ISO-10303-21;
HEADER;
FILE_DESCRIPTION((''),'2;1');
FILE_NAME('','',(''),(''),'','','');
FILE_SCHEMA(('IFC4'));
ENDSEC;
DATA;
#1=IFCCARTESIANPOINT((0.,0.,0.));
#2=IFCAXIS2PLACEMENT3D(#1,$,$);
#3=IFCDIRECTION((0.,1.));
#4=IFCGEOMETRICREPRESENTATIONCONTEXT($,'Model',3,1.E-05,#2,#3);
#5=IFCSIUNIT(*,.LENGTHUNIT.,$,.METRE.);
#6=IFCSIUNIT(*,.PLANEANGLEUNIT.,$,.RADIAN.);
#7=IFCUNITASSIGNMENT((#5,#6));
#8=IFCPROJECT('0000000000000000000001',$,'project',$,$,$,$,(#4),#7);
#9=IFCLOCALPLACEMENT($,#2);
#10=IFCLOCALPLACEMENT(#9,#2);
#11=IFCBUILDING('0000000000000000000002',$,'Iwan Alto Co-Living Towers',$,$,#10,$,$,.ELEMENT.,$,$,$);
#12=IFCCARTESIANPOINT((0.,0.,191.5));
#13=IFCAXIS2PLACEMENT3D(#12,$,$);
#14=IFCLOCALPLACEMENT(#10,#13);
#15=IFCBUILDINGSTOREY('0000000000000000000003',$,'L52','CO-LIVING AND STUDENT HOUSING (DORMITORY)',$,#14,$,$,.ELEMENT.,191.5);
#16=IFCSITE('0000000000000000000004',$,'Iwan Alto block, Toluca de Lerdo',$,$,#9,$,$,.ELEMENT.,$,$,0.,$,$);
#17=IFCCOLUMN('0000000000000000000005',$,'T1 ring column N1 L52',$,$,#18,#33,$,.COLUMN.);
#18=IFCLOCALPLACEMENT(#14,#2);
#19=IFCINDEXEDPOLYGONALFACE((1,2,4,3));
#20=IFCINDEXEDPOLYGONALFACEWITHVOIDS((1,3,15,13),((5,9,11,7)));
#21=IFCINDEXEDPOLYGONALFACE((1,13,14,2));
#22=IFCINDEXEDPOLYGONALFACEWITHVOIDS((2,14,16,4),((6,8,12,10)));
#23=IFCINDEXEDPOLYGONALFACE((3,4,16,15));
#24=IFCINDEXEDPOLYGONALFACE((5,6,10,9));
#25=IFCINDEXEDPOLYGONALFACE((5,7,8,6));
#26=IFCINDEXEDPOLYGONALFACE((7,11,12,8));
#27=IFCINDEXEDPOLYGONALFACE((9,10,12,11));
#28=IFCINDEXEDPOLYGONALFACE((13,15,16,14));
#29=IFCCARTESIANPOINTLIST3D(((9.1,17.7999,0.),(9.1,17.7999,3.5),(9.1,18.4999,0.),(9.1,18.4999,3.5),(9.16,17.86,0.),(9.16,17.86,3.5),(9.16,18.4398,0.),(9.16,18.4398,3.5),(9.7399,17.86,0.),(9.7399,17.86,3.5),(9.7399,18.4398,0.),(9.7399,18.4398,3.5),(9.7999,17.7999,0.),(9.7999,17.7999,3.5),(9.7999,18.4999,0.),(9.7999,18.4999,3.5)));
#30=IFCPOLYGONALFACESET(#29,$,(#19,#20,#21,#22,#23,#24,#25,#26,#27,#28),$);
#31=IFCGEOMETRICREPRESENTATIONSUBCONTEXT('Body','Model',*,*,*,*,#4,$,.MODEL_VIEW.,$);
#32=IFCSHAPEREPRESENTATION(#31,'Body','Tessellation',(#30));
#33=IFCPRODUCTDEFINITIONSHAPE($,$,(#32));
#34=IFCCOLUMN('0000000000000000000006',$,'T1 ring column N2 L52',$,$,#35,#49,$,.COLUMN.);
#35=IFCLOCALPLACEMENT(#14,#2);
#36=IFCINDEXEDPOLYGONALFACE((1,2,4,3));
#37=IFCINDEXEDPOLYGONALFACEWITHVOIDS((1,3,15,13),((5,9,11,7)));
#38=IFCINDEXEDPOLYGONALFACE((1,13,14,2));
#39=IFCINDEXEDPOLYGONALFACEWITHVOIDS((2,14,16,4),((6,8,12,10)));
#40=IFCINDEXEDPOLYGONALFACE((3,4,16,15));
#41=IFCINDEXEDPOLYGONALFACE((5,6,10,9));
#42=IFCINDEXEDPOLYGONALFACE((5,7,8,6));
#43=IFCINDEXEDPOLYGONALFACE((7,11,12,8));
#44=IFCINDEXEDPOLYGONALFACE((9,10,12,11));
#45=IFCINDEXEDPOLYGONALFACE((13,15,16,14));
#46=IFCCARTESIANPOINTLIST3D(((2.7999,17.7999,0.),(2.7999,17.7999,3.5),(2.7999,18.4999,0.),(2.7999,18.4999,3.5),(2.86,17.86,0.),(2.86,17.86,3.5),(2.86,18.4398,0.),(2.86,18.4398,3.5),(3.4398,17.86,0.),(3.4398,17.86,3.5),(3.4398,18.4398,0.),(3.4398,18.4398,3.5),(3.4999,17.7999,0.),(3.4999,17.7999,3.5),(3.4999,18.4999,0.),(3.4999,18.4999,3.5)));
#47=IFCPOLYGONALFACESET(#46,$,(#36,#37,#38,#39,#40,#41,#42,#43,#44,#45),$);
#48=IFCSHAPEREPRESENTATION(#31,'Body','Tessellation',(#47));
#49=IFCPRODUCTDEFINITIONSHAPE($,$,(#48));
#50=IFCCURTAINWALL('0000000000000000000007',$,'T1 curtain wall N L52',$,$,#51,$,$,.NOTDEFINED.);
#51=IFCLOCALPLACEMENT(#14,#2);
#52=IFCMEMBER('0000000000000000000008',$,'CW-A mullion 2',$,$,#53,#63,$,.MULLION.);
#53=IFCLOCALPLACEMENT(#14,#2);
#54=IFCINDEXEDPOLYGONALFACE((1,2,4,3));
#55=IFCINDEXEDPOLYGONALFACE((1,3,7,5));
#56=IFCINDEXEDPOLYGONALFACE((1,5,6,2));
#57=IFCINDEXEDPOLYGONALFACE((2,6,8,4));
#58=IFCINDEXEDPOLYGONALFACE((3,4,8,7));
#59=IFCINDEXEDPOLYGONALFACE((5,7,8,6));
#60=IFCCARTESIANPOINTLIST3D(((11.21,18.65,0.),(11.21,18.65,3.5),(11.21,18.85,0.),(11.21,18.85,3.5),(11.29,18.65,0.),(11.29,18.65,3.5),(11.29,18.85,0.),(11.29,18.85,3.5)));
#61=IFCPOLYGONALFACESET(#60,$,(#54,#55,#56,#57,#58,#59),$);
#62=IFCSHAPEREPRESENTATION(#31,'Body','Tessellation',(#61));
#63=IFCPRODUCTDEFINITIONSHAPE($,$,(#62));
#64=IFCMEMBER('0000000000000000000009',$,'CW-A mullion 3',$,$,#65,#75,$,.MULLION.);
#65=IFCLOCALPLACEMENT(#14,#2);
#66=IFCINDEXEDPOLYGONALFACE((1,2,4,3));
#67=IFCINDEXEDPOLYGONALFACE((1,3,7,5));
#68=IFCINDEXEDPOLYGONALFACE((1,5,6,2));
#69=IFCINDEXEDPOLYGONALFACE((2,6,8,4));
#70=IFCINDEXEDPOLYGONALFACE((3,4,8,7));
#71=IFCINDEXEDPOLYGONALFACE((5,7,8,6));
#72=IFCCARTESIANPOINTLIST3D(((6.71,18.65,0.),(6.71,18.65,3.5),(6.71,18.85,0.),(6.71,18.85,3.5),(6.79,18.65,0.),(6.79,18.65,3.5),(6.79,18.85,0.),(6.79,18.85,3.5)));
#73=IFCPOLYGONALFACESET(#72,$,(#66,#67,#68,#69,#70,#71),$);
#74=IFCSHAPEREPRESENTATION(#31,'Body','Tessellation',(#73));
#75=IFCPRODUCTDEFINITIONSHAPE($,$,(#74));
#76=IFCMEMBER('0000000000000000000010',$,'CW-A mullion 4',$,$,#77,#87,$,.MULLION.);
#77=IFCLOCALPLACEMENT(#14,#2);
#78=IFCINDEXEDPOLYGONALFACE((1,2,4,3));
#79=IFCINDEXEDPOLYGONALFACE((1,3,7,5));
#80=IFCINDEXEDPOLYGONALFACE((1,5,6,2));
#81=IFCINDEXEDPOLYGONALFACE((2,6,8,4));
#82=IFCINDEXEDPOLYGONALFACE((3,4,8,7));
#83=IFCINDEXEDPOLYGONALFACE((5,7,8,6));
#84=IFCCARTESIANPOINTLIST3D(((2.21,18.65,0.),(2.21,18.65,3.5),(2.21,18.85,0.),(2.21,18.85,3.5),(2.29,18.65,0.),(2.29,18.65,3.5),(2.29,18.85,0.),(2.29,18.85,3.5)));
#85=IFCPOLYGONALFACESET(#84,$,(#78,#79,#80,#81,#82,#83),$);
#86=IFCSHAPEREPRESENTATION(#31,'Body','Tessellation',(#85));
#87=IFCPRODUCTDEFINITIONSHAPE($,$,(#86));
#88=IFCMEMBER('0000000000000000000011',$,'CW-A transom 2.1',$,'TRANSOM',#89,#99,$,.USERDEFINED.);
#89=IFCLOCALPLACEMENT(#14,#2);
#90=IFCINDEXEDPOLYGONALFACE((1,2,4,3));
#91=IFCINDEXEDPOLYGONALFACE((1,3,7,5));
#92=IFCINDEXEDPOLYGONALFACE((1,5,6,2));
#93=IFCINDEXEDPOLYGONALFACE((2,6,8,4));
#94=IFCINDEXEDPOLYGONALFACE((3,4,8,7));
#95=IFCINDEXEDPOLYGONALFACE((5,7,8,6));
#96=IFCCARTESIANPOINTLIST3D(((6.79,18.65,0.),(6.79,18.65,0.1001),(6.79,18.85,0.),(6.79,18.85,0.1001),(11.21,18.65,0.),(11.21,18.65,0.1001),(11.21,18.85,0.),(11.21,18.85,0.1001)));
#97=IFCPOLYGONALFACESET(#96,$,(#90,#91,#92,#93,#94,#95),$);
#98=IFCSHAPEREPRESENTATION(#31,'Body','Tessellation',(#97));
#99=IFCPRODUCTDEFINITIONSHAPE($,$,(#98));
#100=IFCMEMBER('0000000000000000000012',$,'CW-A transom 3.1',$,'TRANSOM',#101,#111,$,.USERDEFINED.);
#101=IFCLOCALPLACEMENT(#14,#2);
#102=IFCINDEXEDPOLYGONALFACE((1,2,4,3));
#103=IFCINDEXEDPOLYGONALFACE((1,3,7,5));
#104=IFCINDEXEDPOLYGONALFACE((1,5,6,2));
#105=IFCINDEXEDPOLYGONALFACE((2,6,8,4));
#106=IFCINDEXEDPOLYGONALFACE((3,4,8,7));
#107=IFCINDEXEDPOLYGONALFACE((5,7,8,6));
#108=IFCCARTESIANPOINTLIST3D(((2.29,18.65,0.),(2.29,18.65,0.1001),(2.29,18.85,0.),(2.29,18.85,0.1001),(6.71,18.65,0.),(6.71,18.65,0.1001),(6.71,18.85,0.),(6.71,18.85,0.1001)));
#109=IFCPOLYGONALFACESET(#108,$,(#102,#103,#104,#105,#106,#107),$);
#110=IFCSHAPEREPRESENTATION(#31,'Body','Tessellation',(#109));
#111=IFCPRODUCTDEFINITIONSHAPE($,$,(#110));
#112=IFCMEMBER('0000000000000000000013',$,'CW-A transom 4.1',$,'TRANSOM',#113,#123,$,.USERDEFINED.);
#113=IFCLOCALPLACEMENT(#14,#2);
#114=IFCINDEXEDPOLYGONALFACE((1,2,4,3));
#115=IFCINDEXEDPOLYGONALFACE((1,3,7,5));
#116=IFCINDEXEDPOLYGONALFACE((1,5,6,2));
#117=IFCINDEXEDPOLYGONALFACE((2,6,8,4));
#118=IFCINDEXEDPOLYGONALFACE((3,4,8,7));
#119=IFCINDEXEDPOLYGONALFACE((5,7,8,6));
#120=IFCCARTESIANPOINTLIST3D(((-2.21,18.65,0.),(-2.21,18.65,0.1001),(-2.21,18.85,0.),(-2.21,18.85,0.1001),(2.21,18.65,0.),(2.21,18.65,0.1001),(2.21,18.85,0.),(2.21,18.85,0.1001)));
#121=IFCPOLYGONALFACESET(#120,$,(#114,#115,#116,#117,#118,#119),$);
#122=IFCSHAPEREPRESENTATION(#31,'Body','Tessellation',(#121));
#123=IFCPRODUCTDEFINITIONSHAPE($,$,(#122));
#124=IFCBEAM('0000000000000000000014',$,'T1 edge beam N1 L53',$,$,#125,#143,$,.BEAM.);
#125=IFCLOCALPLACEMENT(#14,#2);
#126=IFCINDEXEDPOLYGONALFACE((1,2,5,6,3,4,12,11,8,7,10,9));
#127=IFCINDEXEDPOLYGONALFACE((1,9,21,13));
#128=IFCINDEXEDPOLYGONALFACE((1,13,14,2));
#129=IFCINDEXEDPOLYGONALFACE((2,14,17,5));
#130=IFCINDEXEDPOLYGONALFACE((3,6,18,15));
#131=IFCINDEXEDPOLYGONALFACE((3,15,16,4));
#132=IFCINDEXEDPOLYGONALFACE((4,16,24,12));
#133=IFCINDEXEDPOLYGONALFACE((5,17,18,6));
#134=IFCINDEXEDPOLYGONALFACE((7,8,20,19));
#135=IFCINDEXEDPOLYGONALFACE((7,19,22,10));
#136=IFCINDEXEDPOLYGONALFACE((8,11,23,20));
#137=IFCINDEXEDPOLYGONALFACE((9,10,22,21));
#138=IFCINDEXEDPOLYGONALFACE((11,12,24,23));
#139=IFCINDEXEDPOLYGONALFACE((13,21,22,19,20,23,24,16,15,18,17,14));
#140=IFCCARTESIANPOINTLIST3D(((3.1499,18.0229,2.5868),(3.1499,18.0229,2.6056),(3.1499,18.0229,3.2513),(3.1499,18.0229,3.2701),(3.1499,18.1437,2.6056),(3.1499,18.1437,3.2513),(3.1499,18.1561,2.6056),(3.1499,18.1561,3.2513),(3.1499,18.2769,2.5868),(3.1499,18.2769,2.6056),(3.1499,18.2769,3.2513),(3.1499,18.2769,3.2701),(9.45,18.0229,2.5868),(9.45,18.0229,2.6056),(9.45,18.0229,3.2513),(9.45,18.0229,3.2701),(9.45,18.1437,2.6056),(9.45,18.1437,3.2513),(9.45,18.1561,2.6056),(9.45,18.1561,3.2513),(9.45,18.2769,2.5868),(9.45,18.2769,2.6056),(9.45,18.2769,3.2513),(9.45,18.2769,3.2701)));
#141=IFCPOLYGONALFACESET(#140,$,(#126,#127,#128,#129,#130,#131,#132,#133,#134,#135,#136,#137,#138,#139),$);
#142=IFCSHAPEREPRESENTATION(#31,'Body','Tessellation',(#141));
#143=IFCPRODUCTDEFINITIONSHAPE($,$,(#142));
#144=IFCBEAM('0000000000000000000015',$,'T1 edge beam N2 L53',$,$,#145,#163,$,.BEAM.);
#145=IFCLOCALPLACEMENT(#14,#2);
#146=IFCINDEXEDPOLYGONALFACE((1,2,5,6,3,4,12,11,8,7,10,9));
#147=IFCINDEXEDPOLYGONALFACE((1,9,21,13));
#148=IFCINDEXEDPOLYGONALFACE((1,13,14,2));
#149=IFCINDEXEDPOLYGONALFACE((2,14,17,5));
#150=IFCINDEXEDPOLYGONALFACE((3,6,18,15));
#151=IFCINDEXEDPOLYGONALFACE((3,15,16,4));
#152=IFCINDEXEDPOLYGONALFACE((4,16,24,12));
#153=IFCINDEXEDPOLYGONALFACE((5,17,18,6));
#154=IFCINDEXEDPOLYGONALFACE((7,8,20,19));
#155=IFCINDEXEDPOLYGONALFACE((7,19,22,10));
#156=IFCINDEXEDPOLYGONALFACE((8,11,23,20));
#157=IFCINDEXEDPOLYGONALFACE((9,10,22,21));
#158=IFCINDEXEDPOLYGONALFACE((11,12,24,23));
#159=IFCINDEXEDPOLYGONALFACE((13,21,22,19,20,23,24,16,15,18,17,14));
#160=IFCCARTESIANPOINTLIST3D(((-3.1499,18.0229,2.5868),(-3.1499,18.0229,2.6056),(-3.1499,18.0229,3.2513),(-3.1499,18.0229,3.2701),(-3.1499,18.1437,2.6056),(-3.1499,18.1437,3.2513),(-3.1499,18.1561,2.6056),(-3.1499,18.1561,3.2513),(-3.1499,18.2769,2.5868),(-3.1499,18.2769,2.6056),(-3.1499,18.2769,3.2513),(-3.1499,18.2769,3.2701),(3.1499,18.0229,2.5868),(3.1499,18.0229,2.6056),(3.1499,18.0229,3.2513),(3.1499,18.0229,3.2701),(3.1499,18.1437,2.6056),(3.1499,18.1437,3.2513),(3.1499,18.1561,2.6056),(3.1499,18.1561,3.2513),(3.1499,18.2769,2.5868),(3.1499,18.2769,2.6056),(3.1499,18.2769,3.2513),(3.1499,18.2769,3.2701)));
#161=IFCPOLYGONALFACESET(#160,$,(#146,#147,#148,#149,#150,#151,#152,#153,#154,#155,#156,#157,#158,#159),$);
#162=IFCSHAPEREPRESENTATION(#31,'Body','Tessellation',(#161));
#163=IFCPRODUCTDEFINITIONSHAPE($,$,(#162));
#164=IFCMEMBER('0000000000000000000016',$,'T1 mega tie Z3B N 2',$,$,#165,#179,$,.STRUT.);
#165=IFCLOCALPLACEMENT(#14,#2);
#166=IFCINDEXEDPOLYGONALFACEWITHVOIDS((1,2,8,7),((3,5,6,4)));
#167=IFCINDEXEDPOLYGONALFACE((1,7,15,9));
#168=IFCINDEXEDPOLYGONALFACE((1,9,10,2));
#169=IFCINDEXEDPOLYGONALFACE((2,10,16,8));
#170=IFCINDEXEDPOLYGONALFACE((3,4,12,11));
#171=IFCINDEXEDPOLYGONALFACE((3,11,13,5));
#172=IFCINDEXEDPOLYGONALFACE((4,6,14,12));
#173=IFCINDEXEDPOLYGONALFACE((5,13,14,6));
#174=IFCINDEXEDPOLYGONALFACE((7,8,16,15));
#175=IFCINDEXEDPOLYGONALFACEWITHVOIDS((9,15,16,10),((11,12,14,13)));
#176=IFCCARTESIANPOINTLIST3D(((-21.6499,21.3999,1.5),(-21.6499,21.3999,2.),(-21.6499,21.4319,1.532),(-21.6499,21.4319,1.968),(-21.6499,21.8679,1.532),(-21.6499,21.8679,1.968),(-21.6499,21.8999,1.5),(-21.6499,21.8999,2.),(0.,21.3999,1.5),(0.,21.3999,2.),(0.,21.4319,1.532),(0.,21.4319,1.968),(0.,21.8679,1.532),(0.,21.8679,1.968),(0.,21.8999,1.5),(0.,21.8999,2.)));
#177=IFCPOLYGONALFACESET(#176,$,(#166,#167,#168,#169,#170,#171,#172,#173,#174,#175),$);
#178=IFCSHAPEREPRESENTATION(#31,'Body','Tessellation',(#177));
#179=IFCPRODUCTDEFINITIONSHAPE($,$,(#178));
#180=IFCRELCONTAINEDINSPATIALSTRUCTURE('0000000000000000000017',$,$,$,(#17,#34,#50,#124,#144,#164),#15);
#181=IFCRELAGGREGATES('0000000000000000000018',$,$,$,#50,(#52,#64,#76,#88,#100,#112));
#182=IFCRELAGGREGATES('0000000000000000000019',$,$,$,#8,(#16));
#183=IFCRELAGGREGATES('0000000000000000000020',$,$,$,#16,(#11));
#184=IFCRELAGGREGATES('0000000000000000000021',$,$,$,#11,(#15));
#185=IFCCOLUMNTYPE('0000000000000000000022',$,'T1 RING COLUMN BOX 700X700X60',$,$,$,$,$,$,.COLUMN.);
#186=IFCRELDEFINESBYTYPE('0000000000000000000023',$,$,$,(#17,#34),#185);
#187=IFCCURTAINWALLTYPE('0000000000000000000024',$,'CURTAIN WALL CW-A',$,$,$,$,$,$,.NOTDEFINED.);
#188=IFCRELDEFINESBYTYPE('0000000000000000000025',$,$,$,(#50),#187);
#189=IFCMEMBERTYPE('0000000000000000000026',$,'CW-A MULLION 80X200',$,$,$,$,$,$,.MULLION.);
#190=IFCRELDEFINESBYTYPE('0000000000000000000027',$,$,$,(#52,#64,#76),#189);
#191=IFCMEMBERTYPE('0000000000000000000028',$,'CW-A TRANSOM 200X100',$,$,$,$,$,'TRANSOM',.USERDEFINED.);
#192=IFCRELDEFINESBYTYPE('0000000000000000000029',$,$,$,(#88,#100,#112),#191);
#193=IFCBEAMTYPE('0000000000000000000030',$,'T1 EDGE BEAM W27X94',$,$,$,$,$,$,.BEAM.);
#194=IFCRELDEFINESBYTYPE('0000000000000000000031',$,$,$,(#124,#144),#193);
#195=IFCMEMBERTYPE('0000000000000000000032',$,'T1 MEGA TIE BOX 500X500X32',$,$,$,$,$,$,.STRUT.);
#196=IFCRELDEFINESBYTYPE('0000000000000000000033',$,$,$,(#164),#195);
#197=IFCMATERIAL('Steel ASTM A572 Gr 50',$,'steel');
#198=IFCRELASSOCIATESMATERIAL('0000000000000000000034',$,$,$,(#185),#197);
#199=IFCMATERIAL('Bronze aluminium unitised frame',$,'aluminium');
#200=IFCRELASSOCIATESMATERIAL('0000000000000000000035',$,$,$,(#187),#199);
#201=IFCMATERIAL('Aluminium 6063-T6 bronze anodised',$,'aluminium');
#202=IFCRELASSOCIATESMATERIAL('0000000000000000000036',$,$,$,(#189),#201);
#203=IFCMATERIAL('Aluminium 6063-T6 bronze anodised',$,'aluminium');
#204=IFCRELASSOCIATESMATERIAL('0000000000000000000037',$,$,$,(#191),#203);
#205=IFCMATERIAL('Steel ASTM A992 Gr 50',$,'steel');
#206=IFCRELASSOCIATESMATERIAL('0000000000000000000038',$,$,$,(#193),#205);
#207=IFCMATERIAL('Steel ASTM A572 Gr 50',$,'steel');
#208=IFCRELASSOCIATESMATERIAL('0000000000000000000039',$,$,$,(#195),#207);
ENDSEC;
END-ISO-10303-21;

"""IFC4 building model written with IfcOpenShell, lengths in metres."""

from ifc_helpers import new_model, si_unit, direction, frame, origin, origin_2d, place, context, subcontext, project, spatial, rectangle, hollow_rectangle, i_section, extrude, material, material_profile, profile_set, type_object, element, aggregate, save


model = new_model("IFC4")

# Units and contexts
model_context = context("Model", 3, precision=1e-05, world=origin(), true_north=direction((0.0, 1.0)))
body_context = subcontext(model_context, "Body", "Model", "MODEL_VIEW")
ifc_project = project(units=[si_unit("LENGTHUNIT", "METRE"), si_unit("PLANEANGLEUNIT", "RADIAN")], contexts=[model_context])

# Site, building, storey
site_placement = place(None, origin())
site = spatial("IfcSite", under=ifc_project, at=site_placement, Name="Iwan Alto block, Toluca de Lerdo", CompositionType="ELEMENT", RefElevation=0.0)
building_placement = place(site_placement, origin())
building = spatial("IfcBuilding", under=site, at=building_placement, Name="Iwan Alto Co-Living Towers", CompositionType="ELEMENT")
storey_placement = place(building_placement, frame((0.0, 0.0, 191.5)))
storey = spatial("IfcBuildingStorey", under=building, at=storey_placement, Name="L52", Description="CO-LIVING AND STUDENT HOUSING (DORMITORY)", CompositionType="ELEMENT", Elevation=191.5)

# Columns
ifc_material_1 = material(Name="Steel ASTM A572 Gr 50", Category="steel")
ifc_material_profile_1 = material_profile(ifc_material_1, hollow_rectangle(XDim=0.7, YDim=0.7, WallThickness=0.0601, at=origin_2d()), Name="BOX 700X700X60")
ifc_profile_set_1 = profile_set([ifc_material_profile_1], Name="Steel ASTM A572 Gr 50")
column_type = type_object("IfcColumnType", Name="T1 RING COLUMN BOX 700X700X60", PredefinedType="COLUMN", material=ifc_profile_set_1)
for number, where, z_axis, x_axis, name in (
    (1, (9.45, 18.1499, 0.0), (0.0, 0.0, 1.0), (1.0, 0.0, 0.0), "T1 ring column N1 L52"),
    (2, (3.1499, 18.1499, 0.0), (0.0, 0.0, 1.0), (1.0, 0.0, 0.0), "T1 ring column N2 L52"),
):
    element("IfcColumn", number, at=place(storey_placement, frame(where, z_axis=z_axis, x_axis=x_axis)), inside=storey, type_object=column_type, Name=name, PredefinedType="COLUMN", context=body_context, shape_type="SweptSolid", body=[
        extrude(hollow_rectangle(XDim=0.7, YDim=0.7, WallThickness=0.0601, at=origin_2d()), origin(), (0.0, 0.0, 1.0), 3.5),
    ])

# Curtain wall, members
ifc_material_2 = material(Name="Bronze aluminium unitised frame", Category="aluminium")
curtain_wall_type = type_object("IfcCurtainWallType", Name="CURTAIN WALL CW-A", PredefinedType="NOTDEFINED", material=ifc_material_2)
curtain_wall_placement = place(storey_placement, origin())
curtain_wall = element("IfcCurtainWall", 3, at=curtain_wall_placement, inside=storey, type_object=curtain_wall_type, Name="T1 curtain wall N L52", PredefinedType="NOTDEFINED")
ifc_material_3 = material(Name="Aluminium 6063-T6 bronze anodised", Category="aluminium")
ifc_material_profile_2 = material_profile(ifc_material_3, rectangle(XDim=0.2, YDim=0.0801, at=origin_2d()), Name="AL 80X200")
ifc_profile_set_2 = profile_set([ifc_material_profile_2], Name="Aluminium 6063-T6 bronze anodised")
member_type_1 = type_object("IfcMemberType", Name="CW-A MULLION 80X200", PredefinedType="MULLION", material=ifc_profile_set_2)
member_1_placement = place(storey_placement, frame((11.25, 18.75, 0.0), z_axis=(0.0, 0.0, 1.0), x_axis=(0.0, -1.0, 0.0)))
member_1 = element("IfcMember", 4, at=member_1_placement, type_object=member_type_1, Name="CW-A mullion 2", PredefinedType="MULLION", context=body_context, shape_type="SweptSolid", body=[
    extrude(rectangle(XDim=0.2, YDim=0.0801, at=origin_2d()), origin(), (0.0, 0.0, 1.0), 3.5),
])
member_2_placement = place(storey_placement, frame((6.75, 18.75, 0.0), z_axis=(0.0, 0.0, 1.0), x_axis=(0.0, -1.0, 0.0)))
member_2 = element("IfcMember", 5, at=member_2_placement, type_object=member_type_1, Name="CW-A mullion 3", PredefinedType="MULLION", context=body_context, shape_type="SweptSolid", body=[
    extrude(rectangle(XDim=0.2, YDim=0.0801, at=origin_2d()), origin(), (0.0, 0.0, 1.0), 3.5),
])
member_3_placement = place(storey_placement, frame((2.25, 18.75, 0.0), z_axis=(0.0, 0.0, 1.0), x_axis=(0.0, -1.0, 0.0)))
member_3 = element("IfcMember", 6, at=member_3_placement, type_object=member_type_1, Name="CW-A mullion 4", PredefinedType="MULLION", context=body_context, shape_type="SweptSolid", body=[
    extrude(rectangle(XDim=0.2, YDim=0.0801, at=origin_2d()), origin(), (0.0, 0.0, 1.0), 3.5),
])
ifc_material_4 = material(Name="Aluminium 6063-T6 bronze anodised", Category="aluminium")
ifc_material_profile_3 = material_profile(ifc_material_4, rectangle(XDim=0.2, YDim=0.1001, at=origin_2d()), Name="AL 200X100")
ifc_profile_set_3 = profile_set([ifc_material_profile_3], Name="Aluminium 6063-T6 bronze anodised")
member_type_2 = type_object("IfcMemberType", Name="CW-A TRANSOM 200X100", ElementType="TRANSOM", PredefinedType="USERDEFINED", material=ifc_profile_set_3)
member_4_placement = place(storey_placement, frame((11.21, 18.75, 0.05), z_axis=(-1.0, 0.0, 0.0), x_axis=(0.0, -1.0, 0.0)))
member_4 = element("IfcMember", 7, at=member_4_placement, type_object=member_type_2, Name="CW-A transom 2.1", ObjectType="TRANSOM", PredefinedType="USERDEFINED", context=body_context, shape_type="SweptSolid", body=[
    extrude(rectangle(XDim=0.2, YDim=0.1001, at=origin_2d()), origin(), (0.0, 0.0, 1.0), 4.4199),
])
member_5_placement = place(storey_placement, frame((6.71, 18.75, 0.05), z_axis=(-1.0, 0.0, 0.0), x_axis=(0.0, -1.0, 0.0)))
member_5 = element("IfcMember", 8, at=member_5_placement, type_object=member_type_2, Name="CW-A transom 3.1", ObjectType="TRANSOM", PredefinedType="USERDEFINED", context=body_context, shape_type="SweptSolid", body=[
    extrude(rectangle(XDim=0.2, YDim=0.1001, at=origin_2d()), origin(), (0.0, 0.0, 1.0), 4.4199),
])
member_6_placement = place(storey_placement, frame((2.21, 18.75, 0.05), z_axis=(-1.0, 0.0, 0.0), x_axis=(0.0, -1.0, 0.0)))
member_6 = element("IfcMember", 9, at=member_6_placement, type_object=member_type_2, Name="CW-A transom 4.1", ObjectType="TRANSOM", PredefinedType="USERDEFINED", context=body_context, shape_type="SweptSolid", body=[
    extrude(rectangle(XDim=0.2, YDim=0.1001, at=origin_2d()), origin(), (0.0, 0.0, 1.0), 4.4199),
])

# Beams
ifc_material_5 = material(Name="Steel ASTM A992 Gr 50", Category="steel")
ifc_material_profile_4 = material_profile(ifc_material_5, i_section(OverallWidth=0.2539, OverallDepth=0.6833, WebThickness=0.0125, FlangeThickness=0.0188, at=origin_2d()), Name="W27X94")
ifc_profile_set_4 = profile_set([ifc_material_profile_4], Name="Steel ASTM A992 Gr 50")
beam_type_1 = type_object("IfcBeamType", Name="T1 EDGE BEAM W27X94", PredefinedType="BEAM", material=ifc_profile_set_4)
beam_1_placement = place(storey_placement, frame((9.45, 18.1499, 2.9285), z_axis=(-1.0, 0.0, 0.0), x_axis=(0.0, -1.0, 0.0)))
element("IfcBeam", 10, at=beam_1_placement, inside=storey, type_object=beam_type_1, Name="T1 edge beam N1 L53", PredefinedType="BEAM", context=body_context, shape_type="SweptSolid", body=[
    extrude(i_section(OverallWidth=0.2539, OverallDepth=0.6833, WebThickness=0.0125, FlangeThickness=0.0188, at=origin_2d()), origin(), (0.0, 0.0, 1.0), 6.3),
])
beam_2_placement = place(storey_placement, frame((3.1499, 18.1499, 2.9285), z_axis=(-1.0, 0.0, 0.0), x_axis=(0.0, -1.0, 0.0)))
element("IfcBeam", 11, at=beam_2_placement, inside=storey, type_object=beam_type_1, Name="T1 edge beam N2 L53", PredefinedType="BEAM", context=body_context, shape_type="SweptSolid", body=[
    extrude(i_section(OverallWidth=0.2539, OverallDepth=0.6833, WebThickness=0.0125, FlangeThickness=0.0188, at=origin_2d()), origin(), (0.0, 0.0, 1.0), 6.2998),
])

# Member
ifc_material_6 = material(Name="Steel ASTM A572 Gr 50", Category="steel")
ifc_material_profile_5 = material_profile(ifc_material_6, hollow_rectangle(XDim=0.5, YDim=0.5, WallThickness=0.032, at=origin_2d()), Name="BOX 500X500X32")
ifc_profile_set_5 = profile_set([ifc_material_profile_5], Name="Steel ASTM A572 Gr 50")
member_type_3 = type_object("IfcMemberType", Name="T1 MEGA TIE BOX 500X500X32", PredefinedType="STRUT", material=ifc_profile_set_5)
member_7_placement = place(storey_placement, frame((0.0, 21.6499, 1.75), z_axis=(-1.0, 0.0, 0.0), x_axis=(0.0, -1.0, 0.0)))
element("IfcMember", 12, at=member_7_placement, inside=storey, type_object=member_type_3, Name="T1 mega tie Z3B N 2", PredefinedType="STRUT", context=body_context, shape_type="SweptSolid", body=[
    extrude(hollow_rectangle(XDim=0.5, YDim=0.5, WallThickness=0.032, at=origin_2d()), origin(), (0.0, 0.0, 1.0), 21.6499),
])

aggregate(curtain_wall, [member_1, member_2, member_3, member_4, member_5, member_6])

save(model, "model.ifc")
